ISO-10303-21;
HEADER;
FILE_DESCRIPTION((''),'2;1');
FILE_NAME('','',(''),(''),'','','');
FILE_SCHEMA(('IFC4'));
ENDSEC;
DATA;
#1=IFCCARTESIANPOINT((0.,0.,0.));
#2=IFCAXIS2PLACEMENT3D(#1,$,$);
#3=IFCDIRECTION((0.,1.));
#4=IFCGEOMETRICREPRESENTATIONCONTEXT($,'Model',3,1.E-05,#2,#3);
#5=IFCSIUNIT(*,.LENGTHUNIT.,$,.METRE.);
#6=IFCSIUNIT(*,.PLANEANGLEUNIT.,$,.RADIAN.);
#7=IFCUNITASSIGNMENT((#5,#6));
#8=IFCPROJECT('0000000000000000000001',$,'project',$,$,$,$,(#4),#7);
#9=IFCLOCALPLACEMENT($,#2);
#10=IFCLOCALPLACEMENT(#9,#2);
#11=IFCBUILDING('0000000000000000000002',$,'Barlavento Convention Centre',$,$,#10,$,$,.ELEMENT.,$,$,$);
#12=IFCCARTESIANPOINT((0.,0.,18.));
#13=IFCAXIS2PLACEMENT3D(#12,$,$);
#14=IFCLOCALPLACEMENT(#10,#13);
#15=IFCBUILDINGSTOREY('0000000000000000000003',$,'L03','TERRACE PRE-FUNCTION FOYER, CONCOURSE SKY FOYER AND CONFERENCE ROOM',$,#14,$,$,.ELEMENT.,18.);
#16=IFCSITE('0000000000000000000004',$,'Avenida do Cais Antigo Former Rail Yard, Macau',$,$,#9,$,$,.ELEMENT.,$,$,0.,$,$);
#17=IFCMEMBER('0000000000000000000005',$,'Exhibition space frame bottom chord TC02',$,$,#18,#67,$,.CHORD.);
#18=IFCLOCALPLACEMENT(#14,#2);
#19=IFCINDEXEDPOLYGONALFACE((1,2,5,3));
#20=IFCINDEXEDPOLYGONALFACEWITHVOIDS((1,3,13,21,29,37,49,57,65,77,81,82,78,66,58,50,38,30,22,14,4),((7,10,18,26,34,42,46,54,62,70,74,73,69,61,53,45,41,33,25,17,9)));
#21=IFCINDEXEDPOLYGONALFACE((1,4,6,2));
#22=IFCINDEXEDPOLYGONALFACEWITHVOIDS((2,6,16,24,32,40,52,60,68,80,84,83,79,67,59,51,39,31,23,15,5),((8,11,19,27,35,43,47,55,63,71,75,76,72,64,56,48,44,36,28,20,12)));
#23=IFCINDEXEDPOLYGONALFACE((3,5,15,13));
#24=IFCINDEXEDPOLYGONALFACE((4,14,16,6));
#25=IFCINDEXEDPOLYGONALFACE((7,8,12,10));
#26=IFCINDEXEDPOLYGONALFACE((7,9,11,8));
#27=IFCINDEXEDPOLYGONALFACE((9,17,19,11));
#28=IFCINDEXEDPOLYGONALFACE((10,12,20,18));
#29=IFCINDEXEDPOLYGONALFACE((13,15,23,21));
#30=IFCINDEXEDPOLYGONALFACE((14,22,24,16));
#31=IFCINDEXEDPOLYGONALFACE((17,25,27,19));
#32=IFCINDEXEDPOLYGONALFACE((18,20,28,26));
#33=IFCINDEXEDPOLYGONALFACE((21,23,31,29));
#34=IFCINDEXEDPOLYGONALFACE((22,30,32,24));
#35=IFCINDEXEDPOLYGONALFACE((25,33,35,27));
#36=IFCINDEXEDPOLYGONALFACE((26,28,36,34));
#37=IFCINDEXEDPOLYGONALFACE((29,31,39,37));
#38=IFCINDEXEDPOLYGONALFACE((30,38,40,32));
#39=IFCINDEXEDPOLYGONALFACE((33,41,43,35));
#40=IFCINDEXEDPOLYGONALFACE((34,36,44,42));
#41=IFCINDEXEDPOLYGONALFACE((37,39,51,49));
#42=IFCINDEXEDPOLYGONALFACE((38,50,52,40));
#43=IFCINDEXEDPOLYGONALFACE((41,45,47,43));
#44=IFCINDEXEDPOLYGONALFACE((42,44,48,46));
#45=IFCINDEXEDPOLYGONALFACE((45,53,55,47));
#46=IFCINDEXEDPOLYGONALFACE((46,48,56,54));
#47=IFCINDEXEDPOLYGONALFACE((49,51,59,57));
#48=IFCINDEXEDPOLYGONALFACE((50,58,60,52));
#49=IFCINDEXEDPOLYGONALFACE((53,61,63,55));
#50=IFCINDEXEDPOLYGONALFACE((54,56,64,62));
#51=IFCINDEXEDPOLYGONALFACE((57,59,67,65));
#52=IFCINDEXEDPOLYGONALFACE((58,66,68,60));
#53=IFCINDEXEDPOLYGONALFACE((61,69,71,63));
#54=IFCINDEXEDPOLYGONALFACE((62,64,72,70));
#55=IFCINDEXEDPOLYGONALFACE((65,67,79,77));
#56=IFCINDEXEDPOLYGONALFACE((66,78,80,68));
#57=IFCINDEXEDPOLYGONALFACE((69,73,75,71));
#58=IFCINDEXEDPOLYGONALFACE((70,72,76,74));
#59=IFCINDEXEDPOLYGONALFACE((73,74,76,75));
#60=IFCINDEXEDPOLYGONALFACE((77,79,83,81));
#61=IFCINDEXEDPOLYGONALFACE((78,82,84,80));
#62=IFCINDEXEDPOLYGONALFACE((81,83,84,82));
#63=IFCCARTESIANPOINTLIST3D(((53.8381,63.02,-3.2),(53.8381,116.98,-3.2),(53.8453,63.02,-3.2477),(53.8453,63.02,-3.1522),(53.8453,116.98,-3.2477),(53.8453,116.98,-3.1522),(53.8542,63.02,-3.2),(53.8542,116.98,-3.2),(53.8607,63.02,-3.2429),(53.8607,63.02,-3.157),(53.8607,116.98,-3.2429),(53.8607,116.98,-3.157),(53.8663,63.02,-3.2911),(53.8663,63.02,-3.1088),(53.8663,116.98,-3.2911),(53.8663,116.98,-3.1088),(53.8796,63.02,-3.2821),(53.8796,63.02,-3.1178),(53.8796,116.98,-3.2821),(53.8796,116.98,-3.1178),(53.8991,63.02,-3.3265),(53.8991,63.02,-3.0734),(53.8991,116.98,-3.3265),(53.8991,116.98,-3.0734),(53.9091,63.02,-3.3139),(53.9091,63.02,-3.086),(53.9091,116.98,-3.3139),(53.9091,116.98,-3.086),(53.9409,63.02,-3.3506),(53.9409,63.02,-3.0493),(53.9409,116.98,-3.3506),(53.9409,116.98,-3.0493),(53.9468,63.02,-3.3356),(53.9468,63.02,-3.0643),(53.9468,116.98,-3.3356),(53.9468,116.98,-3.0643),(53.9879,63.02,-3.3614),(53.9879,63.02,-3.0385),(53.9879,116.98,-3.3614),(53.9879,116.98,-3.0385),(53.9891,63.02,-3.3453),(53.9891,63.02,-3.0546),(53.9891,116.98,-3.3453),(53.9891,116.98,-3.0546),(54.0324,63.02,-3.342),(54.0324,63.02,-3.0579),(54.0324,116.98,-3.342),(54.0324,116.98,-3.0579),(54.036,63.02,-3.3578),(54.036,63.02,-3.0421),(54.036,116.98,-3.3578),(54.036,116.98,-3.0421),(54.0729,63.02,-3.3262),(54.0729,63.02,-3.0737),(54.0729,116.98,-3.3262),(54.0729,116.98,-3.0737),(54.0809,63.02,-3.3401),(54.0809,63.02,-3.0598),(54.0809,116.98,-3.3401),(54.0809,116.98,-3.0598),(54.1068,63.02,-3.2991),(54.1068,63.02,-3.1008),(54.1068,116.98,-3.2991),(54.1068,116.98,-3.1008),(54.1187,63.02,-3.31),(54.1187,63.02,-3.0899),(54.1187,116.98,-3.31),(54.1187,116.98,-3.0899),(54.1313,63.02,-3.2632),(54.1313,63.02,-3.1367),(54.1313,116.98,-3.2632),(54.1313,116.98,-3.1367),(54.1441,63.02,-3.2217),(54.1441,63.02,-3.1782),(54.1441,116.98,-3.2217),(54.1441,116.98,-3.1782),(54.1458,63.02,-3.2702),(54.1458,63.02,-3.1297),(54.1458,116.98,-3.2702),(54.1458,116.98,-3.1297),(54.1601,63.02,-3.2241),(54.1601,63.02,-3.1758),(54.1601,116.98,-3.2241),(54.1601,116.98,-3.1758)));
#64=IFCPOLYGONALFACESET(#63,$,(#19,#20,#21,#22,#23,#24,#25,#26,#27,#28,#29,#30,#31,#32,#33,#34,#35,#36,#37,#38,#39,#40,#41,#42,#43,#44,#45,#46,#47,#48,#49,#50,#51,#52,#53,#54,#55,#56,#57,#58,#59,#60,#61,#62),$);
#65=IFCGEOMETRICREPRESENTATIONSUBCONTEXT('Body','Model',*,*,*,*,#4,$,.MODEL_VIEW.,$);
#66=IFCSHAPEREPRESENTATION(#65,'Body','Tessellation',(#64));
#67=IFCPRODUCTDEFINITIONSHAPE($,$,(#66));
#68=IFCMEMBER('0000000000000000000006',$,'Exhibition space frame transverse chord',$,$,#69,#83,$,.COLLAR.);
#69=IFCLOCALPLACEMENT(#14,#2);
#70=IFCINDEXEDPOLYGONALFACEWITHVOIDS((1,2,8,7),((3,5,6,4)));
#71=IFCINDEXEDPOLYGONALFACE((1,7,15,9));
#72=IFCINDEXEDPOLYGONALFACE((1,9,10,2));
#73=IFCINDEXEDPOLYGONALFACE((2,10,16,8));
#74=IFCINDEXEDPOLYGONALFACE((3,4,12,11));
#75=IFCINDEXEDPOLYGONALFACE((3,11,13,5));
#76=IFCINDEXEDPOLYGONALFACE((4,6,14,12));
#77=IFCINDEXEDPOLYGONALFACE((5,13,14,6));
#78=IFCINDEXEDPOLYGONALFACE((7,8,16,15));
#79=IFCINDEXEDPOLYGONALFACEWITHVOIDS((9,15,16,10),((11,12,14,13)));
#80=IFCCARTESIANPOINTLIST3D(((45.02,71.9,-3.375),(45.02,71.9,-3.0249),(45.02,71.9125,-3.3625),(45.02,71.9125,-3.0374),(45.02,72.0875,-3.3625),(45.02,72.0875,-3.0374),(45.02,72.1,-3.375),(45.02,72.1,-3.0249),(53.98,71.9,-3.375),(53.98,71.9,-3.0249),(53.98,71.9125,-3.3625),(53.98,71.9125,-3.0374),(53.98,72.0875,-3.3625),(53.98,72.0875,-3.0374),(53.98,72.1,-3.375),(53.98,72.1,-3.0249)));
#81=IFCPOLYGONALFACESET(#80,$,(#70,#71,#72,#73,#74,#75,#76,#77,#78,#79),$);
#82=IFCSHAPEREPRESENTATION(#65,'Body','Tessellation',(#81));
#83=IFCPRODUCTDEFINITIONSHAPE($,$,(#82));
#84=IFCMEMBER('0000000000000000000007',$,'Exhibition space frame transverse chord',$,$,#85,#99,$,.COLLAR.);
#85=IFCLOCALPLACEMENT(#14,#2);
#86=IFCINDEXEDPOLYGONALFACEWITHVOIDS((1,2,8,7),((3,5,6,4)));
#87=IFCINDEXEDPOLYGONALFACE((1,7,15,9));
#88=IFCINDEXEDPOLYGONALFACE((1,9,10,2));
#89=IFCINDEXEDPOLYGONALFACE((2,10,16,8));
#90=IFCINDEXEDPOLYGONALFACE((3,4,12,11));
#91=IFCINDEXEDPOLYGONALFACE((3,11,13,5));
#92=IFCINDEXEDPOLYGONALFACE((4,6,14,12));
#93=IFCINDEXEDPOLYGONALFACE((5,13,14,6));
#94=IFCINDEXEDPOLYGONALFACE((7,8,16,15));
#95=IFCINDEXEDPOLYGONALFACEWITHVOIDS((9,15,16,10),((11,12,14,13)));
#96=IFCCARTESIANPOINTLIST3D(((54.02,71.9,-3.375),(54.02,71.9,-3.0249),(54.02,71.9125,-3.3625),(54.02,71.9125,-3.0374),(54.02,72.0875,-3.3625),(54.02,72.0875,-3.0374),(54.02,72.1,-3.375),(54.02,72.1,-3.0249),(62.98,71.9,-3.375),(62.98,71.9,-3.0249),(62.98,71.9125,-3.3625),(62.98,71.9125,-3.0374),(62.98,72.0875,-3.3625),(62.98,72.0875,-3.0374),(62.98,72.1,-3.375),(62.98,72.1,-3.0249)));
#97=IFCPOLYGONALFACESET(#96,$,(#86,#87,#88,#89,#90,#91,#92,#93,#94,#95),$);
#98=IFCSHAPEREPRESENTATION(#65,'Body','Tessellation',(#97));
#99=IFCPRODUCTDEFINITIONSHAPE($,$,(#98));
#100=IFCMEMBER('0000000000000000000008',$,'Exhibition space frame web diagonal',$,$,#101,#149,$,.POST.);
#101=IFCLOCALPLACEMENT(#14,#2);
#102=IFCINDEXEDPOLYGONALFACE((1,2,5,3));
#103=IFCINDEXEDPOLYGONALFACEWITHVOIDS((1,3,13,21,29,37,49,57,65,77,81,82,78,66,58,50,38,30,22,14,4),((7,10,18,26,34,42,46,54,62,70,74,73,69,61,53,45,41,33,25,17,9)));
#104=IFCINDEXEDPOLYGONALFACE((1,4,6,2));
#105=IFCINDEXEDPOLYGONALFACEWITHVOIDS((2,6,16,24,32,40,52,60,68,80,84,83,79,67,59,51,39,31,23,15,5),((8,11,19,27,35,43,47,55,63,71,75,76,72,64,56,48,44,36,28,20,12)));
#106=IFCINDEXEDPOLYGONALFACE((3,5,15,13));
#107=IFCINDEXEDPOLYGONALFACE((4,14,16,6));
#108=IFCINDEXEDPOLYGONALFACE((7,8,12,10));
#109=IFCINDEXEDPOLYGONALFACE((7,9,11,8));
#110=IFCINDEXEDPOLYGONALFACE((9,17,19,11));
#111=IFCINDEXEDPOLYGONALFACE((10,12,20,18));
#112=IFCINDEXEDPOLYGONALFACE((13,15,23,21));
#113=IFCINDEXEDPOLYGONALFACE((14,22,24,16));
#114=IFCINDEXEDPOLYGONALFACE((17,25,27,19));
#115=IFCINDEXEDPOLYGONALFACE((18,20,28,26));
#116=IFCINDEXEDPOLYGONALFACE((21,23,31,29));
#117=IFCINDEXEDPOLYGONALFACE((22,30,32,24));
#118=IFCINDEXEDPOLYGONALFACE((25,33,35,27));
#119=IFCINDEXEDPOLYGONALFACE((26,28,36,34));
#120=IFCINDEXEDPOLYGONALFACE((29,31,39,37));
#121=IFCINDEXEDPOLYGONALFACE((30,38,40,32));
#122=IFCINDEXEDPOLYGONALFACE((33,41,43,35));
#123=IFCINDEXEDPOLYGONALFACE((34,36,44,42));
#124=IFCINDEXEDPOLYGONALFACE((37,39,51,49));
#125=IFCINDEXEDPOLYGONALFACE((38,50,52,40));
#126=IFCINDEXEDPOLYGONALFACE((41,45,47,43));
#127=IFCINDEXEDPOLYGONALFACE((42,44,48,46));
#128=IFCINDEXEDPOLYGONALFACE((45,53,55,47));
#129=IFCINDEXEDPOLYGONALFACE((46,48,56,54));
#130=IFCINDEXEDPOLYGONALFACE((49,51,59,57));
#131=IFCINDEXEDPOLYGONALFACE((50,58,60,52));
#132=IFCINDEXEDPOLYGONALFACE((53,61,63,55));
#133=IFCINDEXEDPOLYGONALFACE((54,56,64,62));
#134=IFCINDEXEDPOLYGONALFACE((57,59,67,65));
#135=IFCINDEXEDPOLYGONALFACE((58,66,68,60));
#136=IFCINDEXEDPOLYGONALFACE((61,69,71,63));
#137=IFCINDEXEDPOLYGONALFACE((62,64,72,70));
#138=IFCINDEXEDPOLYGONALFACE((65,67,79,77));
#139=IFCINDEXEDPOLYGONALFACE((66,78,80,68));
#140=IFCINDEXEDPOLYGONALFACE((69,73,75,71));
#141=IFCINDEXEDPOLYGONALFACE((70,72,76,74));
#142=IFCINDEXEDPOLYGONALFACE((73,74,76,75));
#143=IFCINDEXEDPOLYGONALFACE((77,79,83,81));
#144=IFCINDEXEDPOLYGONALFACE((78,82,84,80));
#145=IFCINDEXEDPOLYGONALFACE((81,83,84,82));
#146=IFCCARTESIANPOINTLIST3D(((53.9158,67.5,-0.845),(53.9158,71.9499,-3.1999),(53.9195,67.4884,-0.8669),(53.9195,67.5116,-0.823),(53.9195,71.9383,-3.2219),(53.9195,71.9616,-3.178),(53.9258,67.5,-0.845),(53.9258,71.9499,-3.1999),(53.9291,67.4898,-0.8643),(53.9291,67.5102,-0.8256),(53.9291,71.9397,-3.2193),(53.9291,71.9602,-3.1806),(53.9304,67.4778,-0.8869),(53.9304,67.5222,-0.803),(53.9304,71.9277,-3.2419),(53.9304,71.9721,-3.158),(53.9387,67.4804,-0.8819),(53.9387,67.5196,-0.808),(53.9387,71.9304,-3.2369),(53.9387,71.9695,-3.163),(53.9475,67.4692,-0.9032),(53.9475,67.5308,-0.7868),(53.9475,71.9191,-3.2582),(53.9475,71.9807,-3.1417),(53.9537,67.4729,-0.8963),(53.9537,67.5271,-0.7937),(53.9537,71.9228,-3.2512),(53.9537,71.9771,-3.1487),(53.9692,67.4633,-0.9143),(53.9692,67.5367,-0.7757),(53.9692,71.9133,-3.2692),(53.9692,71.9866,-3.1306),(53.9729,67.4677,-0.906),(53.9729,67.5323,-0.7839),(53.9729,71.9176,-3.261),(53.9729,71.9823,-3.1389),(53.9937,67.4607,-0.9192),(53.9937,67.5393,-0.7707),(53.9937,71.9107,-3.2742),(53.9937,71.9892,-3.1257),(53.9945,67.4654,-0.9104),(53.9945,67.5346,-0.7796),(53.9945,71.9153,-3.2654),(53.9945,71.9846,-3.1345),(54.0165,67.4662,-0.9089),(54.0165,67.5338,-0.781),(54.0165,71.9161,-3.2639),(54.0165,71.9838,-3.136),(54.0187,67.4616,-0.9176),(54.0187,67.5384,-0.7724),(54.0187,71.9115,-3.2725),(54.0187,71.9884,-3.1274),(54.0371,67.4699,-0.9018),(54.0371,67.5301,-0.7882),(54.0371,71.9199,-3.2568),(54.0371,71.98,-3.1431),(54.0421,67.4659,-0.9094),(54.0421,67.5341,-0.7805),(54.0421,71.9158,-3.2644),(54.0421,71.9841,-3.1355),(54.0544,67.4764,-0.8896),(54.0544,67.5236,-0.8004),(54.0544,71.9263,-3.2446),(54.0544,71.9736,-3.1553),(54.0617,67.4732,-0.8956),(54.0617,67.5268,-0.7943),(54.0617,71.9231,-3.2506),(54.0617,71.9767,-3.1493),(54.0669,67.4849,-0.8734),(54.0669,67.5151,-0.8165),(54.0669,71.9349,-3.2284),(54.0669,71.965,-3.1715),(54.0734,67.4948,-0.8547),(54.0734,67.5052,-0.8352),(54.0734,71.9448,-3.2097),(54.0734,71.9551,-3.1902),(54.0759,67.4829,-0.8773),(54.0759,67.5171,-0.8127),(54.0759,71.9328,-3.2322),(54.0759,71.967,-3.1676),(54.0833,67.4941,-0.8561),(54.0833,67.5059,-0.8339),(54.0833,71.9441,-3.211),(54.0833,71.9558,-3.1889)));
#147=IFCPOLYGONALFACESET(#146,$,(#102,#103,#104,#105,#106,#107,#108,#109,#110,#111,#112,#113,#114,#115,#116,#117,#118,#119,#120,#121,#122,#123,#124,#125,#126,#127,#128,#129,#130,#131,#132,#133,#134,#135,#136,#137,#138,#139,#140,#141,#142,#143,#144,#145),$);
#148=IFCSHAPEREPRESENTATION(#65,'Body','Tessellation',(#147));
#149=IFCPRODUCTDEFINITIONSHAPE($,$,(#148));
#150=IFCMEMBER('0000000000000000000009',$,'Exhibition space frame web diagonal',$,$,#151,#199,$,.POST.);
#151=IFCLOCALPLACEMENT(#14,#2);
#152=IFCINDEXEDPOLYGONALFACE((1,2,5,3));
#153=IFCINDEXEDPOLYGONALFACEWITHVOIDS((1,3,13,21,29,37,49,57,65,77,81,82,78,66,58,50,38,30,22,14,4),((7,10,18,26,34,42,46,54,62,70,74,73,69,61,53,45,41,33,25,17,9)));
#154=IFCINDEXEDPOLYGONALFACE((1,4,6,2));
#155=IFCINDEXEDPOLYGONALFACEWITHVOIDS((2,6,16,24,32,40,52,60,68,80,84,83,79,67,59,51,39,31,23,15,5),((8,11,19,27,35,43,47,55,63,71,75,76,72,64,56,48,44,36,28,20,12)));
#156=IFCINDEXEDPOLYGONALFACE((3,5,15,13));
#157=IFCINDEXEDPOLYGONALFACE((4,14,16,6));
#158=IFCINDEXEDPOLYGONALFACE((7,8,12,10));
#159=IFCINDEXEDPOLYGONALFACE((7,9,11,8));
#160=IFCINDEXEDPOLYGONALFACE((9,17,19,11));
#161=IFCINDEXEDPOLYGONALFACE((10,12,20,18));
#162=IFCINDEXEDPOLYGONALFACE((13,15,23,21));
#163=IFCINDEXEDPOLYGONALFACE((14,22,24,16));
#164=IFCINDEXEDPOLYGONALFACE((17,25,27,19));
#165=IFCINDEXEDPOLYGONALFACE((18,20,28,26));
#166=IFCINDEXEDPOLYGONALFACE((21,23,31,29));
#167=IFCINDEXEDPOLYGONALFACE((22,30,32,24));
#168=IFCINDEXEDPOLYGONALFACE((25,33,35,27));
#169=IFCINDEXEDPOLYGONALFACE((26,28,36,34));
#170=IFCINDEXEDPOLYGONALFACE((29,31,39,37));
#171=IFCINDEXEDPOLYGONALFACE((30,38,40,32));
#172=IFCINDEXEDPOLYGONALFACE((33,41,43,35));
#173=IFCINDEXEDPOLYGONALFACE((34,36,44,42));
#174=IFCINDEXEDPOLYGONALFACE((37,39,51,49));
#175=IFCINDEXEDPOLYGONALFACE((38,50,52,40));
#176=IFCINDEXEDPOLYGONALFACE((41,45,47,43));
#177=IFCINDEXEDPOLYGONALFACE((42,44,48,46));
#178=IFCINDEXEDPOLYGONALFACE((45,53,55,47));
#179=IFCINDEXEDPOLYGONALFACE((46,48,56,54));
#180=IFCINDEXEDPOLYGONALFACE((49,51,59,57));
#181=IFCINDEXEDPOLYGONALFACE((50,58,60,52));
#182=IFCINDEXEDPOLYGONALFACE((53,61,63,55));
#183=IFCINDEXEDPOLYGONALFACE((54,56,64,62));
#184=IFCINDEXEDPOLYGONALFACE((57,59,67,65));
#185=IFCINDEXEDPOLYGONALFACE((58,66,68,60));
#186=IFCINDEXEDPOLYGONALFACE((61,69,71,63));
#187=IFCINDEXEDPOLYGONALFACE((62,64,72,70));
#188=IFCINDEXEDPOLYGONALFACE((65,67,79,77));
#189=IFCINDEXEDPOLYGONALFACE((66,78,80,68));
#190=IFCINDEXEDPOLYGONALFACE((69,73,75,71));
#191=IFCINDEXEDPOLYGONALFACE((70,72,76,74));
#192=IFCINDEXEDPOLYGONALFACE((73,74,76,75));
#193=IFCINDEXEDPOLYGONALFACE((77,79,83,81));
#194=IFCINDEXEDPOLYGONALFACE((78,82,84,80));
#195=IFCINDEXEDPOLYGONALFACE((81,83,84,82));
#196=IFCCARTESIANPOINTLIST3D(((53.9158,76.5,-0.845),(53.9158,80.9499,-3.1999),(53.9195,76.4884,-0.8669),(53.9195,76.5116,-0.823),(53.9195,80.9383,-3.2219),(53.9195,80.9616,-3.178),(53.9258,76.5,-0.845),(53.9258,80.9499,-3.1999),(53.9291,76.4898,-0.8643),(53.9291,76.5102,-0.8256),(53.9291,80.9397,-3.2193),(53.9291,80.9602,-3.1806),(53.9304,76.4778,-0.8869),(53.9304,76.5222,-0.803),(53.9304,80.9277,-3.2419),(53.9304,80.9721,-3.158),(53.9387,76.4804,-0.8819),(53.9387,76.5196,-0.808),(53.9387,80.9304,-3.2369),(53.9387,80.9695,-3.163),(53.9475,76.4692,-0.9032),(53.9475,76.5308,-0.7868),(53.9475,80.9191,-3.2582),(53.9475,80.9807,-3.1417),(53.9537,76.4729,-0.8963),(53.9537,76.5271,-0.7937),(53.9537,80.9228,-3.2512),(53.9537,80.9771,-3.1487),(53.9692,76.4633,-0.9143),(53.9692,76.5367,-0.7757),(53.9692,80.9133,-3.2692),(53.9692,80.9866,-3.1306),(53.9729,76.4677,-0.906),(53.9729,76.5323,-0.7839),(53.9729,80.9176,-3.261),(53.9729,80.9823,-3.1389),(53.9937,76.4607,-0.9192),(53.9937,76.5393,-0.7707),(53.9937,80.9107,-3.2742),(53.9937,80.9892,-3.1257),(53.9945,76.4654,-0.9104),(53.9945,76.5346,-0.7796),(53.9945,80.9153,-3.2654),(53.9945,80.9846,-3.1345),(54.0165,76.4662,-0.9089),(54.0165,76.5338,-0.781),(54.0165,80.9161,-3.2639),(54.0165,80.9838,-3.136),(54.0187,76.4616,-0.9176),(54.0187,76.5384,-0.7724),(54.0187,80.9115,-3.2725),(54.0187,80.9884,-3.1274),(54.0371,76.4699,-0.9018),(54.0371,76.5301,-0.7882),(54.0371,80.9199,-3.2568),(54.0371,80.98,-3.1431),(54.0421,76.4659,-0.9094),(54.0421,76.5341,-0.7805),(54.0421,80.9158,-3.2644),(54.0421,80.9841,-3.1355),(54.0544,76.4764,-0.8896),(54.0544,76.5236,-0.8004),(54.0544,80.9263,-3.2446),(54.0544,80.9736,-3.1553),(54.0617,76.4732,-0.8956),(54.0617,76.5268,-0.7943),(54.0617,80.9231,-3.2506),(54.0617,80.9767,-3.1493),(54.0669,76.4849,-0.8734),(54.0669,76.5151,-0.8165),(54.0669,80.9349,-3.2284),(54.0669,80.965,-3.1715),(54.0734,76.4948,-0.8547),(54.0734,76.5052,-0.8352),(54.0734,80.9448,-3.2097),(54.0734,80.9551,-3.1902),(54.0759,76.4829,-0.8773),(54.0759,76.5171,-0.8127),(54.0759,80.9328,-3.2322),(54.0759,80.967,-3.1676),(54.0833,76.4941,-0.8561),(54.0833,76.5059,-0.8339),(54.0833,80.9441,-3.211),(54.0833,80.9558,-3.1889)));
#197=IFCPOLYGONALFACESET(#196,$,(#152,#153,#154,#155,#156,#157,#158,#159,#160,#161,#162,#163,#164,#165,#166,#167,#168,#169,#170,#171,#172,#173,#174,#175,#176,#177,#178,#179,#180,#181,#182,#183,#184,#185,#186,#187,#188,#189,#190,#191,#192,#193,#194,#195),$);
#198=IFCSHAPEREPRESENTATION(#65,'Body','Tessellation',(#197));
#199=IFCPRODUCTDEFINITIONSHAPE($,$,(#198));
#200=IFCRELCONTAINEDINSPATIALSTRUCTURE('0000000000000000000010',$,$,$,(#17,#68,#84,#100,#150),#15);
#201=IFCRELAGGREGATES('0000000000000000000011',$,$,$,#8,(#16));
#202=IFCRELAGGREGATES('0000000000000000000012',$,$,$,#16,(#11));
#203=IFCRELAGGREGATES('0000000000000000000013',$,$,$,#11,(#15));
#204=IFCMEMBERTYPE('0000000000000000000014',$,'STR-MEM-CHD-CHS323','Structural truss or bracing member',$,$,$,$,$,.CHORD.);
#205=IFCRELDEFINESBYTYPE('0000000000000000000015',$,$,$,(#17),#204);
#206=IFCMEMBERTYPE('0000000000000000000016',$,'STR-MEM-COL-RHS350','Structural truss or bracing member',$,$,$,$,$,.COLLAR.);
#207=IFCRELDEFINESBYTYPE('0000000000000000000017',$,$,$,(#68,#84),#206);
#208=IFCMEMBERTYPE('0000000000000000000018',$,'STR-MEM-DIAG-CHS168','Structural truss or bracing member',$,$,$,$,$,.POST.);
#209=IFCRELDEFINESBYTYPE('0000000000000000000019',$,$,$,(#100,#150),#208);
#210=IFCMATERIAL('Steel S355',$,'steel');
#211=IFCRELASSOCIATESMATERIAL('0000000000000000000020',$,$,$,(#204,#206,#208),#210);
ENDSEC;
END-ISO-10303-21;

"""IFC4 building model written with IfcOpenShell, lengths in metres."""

from ifc_helpers import new_model, si_unit, direction, frame, origin, origin_2d, place, context, subcontext, project, spatial, hollow_rectangle, hollow_circle, extrude, material, material_profile, profile_set, type_object, element, save


model = new_model("IFC4")

# Units and contexts
model_context = context("Model", 3, precision=1e-05, world=origin(), true_north=direction((0.0, 1.0)))
body_context = subcontext(model_context, "Body", "Model", "MODEL_VIEW")
ifc_project = project(units=[si_unit("LENGTHUNIT", "METRE"), si_unit("PLANEANGLEUNIT", "RADIAN")], contexts=[model_context])

# Site, building, storey
site_placement = place(None, origin())
site = spatial("IfcSite", under=ifc_project, at=site_placement, Name="Avenida do Cais Antigo Former Rail Yard, Macau", CompositionType="ELEMENT", RefElevation=0.0)
building_placement = place(site_placement, origin())
building = spatial("IfcBuilding", under=site, at=building_placement, Name="Barlavento Convention Centre", CompositionType="ELEMENT")
storey_placement = place(building_placement, frame((0.0, 0.0, 18.0)))
storey = spatial("IfcBuildingStorey", under=building, at=storey_placement, Name="L03", Description="TERRACE PRE-FUNCTION FOYER, CONCOURSE SKY FOYER AND CONFERENCE ROOM", CompositionType="ELEMENT", Elevation=18.0)

# Shared definitions
ifc_material_1 = material(Name="Steel S355", Category="steel")

# Members
ifc_material_profile_1 = material_profile(ifc_material_1, hollow_circle(Radius=0.1619, WallThickness=0.0161, at=origin_2d()), Name="CHS 323.9x16.0")
ifc_profile_set_1 = profile_set([ifc_material_profile_1], Name="Steel S355")
member_type_1 = type_object("IfcMemberType", Name="STR-MEM-CHD-CHS323", Description="Structural truss or bracing member", PredefinedType="CHORD", material=ifc_profile_set_1)
member_1_placement = place(storey_placement, frame((54.0, 63.02, -3.2), z_axis=(0.0, 1.0, 0.0), x_axis=(-1.0, 0.0, 0.0)))
element("IfcMember", 1, at=member_1_placement, inside=storey, type_object=member_type_1, Name="Exhibition space frame bottom chord TC02", PredefinedType="CHORD", context=body_context, shape_type="SweptSolid", body=[
    extrude(hollow_circle(Radius=0.1619, WallThickness=0.0161, at=origin_2d()), origin(), (0.0, 0.0, 1.0), 53.96),
])
ifc_material_profile_2 = material_profile(ifc_material_1, hollow_rectangle(XDim=0.2, YDim=0.3501, WallThickness=0.0125, at=origin_2d()), Name="RHS 350x200x12.5")
ifc_profile_set_2 = profile_set([ifc_material_profile_2], Name="Steel S355")
member_type_2 = type_object("IfcMemberType", Name="STR-MEM-COL-RHS350", Description="Structural truss or bracing member", PredefinedType="COLLAR", material=ifc_profile_set_2)
for number, where, z_axis, x_axis, name in (
    (2, (45.02, 72.0, -3.2), (1.0, 0.0, 0.0), (0.0, 1.0, 0.0), "Exhibition space frame transverse chord"),
    (3, (54.02, 72.0, -3.2), (1.0, 0.0, 0.0), (0.0, 1.0, 0.0), "Exhibition space frame transverse chord"),
):
    element("IfcMember", number, at=place(storey_placement, frame(where, z_axis=z_axis, x_axis=x_axis)), inside=storey, type_object=member_type_2, Name=name, PredefinedType="COLLAR", context=body_context, shape_type="SweptSolid", body=[
        extrude(hollow_rectangle(XDim=0.2, YDim=0.3501, WallThickness=0.0125, at=origin_2d()), origin(), (0.0, 0.0, 1.0), 8.96),
    ])
ifc_material_profile_3 = material_profile(ifc_material_1, hollow_circle(Radius=0.0842, WallThickness=0.01, at=origin_2d()), Name="CHS 168.3x10.0")
ifc_profile_set_3 = profile_set([ifc_material_profile_3], Name="Steel S355")
member_type_3 = type_object("IfcMemberType", Name="STR-MEM-DIAG-CHS168", Description="Structural truss or bracing member", PredefinedType="POST", material=ifc_profile_set_3)
for number, where, z_axis, x_axis, name in (
    (4, (54.0, 67.5, -0.845), (0.0, 0.88386, -0.467752), (-1.0, 0.0, 0.0), "Exhibition space frame web diagonal"),
    (5, (54.0, 76.5, -0.845), (0.0, 0.88386, -0.467752), (-1.0, 0.0, 0.0), "Exhibition space frame web diagonal"),
):
    element("IfcMember", number, at=place(storey_placement, frame(where, z_axis=z_axis, x_axis=x_axis)), inside=storey, type_object=member_type_3, Name=name, PredefinedType="POST", context=body_context, shape_type="SweptSolid", body=[
        extrude(hollow_circle(Radius=0.0842, WallThickness=0.01, at=origin_2d()), origin(), (0.0, 0.0, 1.0), 5.0347),
    ])

save(model, "model.ifc")
